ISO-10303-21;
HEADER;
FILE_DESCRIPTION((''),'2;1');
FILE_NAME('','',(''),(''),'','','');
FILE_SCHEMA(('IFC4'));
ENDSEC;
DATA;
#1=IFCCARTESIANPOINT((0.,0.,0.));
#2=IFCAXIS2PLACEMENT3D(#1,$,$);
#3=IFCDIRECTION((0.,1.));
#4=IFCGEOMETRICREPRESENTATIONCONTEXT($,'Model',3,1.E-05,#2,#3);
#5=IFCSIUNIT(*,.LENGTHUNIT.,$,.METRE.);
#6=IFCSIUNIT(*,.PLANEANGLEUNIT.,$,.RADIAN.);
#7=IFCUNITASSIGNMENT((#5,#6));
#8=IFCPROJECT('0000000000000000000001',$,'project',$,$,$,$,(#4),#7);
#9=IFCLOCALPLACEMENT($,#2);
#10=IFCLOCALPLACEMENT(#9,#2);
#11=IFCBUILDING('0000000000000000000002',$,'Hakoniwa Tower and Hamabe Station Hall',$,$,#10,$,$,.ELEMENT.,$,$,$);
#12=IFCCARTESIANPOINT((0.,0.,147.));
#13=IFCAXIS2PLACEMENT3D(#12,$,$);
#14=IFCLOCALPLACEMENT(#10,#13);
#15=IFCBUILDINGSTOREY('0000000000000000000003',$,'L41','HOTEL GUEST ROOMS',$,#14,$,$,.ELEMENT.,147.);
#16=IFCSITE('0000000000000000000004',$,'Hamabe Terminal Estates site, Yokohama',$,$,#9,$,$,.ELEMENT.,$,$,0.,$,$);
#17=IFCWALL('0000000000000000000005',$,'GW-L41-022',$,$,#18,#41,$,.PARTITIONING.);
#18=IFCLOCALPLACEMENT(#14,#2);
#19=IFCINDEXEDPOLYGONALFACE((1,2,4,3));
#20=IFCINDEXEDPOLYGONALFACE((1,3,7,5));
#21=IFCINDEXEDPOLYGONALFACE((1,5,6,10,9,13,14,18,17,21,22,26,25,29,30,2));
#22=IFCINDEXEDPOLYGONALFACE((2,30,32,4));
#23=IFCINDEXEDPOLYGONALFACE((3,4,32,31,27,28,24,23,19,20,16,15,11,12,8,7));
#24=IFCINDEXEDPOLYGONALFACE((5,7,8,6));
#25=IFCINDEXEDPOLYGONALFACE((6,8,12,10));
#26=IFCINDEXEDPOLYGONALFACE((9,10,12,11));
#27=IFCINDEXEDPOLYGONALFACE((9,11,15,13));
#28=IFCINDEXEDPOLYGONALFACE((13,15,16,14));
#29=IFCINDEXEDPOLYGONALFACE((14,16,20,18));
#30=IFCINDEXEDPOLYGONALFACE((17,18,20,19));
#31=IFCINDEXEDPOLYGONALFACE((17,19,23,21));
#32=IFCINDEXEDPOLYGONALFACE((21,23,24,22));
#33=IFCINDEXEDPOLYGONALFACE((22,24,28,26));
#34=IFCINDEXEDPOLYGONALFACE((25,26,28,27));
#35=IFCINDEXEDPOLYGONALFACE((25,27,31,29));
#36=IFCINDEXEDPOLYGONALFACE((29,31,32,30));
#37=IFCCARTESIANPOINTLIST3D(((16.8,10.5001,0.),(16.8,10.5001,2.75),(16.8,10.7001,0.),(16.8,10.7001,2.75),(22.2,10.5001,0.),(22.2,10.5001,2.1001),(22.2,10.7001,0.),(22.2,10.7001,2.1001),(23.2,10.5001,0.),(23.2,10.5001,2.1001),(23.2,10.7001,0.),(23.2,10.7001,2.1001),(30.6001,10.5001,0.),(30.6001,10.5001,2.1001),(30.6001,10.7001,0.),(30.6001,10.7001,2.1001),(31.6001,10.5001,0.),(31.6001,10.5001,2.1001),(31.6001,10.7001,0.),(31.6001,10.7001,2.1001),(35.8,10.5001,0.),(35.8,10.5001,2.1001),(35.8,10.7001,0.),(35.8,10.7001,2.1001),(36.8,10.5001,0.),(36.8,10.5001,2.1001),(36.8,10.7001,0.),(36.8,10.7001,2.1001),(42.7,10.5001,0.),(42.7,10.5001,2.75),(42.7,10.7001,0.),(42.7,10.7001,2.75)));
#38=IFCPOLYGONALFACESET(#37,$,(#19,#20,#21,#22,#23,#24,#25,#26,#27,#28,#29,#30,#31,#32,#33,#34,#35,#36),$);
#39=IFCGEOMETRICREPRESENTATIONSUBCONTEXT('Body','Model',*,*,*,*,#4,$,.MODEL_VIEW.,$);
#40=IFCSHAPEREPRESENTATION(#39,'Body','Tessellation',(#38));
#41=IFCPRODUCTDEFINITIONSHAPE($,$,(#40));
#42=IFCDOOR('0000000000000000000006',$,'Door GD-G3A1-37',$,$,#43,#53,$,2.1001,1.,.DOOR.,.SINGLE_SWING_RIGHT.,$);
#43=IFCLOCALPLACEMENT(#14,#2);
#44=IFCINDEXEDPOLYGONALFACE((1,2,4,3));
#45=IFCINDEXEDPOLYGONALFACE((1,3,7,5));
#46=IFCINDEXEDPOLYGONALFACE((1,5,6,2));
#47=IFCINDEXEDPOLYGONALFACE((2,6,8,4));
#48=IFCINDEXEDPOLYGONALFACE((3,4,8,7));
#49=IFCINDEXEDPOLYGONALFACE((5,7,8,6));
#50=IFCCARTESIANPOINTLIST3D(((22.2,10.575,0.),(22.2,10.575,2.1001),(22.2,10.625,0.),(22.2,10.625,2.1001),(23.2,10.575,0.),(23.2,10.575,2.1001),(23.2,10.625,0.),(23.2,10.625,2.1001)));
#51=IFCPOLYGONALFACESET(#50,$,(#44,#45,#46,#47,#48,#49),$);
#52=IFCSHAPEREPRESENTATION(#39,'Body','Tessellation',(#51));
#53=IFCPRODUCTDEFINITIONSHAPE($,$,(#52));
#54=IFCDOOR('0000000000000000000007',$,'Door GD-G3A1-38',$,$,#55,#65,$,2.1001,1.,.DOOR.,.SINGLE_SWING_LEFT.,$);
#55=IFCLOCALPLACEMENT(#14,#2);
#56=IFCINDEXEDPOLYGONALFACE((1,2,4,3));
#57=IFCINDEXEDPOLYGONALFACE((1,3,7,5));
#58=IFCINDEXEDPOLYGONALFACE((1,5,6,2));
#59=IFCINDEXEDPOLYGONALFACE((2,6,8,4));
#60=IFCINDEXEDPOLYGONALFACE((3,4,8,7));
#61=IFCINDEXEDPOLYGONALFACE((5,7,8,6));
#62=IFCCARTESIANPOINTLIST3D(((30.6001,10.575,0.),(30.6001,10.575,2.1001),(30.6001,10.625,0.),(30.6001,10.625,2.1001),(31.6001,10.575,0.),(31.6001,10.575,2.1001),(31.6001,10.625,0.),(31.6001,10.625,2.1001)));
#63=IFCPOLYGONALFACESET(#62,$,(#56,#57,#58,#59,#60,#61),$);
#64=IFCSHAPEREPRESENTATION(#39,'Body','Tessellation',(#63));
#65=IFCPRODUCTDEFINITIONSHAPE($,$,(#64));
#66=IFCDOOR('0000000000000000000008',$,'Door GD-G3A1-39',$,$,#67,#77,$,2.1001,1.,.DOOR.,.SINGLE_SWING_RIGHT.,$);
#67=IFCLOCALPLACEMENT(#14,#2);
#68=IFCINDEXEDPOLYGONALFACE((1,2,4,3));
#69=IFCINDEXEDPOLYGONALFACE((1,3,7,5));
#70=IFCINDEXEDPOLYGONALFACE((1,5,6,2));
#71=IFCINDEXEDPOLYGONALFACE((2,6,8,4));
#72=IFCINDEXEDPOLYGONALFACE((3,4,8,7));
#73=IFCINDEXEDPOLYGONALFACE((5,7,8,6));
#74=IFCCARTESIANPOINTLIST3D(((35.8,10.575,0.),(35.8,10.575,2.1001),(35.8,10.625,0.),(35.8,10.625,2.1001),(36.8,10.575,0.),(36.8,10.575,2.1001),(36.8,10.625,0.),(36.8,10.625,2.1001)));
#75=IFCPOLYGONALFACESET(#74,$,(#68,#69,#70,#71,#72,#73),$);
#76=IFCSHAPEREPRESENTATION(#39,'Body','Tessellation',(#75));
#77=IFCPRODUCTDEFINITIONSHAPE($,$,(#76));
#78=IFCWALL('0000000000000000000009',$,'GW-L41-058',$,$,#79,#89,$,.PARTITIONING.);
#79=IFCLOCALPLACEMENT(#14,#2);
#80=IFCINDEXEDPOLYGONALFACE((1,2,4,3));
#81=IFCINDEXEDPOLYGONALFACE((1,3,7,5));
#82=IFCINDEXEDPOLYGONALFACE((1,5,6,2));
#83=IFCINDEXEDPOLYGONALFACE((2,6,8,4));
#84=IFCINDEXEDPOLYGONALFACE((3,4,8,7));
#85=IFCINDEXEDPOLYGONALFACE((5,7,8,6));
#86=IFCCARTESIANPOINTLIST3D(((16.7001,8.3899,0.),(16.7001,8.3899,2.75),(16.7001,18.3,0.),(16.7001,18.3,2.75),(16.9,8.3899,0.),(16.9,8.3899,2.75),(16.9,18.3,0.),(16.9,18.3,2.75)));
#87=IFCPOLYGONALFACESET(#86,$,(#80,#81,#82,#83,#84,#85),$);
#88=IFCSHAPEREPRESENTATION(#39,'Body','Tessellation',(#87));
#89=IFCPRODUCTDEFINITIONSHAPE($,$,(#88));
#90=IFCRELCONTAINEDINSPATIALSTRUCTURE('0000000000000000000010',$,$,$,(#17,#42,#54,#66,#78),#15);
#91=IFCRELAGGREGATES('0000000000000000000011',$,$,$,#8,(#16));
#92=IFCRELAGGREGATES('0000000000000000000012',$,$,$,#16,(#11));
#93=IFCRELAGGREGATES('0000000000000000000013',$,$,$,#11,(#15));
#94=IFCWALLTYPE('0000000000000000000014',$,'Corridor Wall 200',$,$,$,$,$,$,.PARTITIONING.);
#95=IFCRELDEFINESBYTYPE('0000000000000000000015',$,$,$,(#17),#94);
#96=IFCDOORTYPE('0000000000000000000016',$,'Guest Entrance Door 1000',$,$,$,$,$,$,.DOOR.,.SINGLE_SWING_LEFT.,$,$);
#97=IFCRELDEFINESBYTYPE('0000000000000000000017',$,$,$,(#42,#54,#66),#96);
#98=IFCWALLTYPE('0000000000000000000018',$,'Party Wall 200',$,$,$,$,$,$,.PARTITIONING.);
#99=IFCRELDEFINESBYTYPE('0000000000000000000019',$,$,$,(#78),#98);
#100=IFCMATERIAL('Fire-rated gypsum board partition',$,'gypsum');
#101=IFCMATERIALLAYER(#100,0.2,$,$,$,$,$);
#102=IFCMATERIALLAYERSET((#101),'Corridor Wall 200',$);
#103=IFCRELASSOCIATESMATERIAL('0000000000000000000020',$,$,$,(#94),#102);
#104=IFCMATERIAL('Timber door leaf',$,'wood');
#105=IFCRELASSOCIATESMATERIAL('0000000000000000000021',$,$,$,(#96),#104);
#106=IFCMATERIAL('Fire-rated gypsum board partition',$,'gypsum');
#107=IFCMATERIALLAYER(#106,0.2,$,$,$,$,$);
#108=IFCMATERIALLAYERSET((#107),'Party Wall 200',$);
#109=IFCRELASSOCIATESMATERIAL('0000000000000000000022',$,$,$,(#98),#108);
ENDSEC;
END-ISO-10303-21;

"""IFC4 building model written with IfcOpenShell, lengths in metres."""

from ifc_helpers import new_model, si_unit, direction, frame, frame_2d, origin, place, context, subcontext, project, spatial, rectangle, extrude, material, layer, layer_set, type_object, element, fill, save


model = new_model("IFC4")

# Units and contexts
model_context = context("Model", 3, precision=1e-05, world=origin(), true_north=direction((0.0, 1.0)))
body_context = subcontext(model_context, "Body", "Model", "MODEL_VIEW")
ifc_project = project(units=[si_unit("LENGTHUNIT", "METRE"), si_unit("PLANEANGLEUNIT", "RADIAN")], contexts=[model_context])

# Site, building, storey
site_placement = place(None, origin())
site = spatial("IfcSite", under=ifc_project, at=site_placement, Name="Hamabe Terminal Estates site, Yokohama", CompositionType="ELEMENT", RefElevation=0.0)
building_placement = place(site_placement, origin())
building = spatial("IfcBuilding", under=site, at=building_placement, Name="Hakoniwa Tower and Hamabe Station Hall", CompositionType="ELEMENT")
storey_placement = place(building_placement, frame((0.0, 0.0, 147.0)))
storey = spatial("IfcBuildingStorey", under=building, at=storey_placement, Name="L41", Description="HOTEL GUEST ROOMS", CompositionType="ELEMENT", Elevation=147.0)

# Wall, openings, doors
ifc_material_1 = material(Name="Fire-rated gypsum board partition", Category="gypsum")
ifc_layer_1 = layer(ifc_material_1, 0.2)
ifc_layer_set_1 = layer_set([ifc_layer_1], Name="Corridor Wall 200")
wall_type_1 = type_object("IfcWallType", Name="Corridor Wall 200", PredefinedType="PARTITIONING", material=ifc_layer_set_1)
wall_1_placement = place(storey_placement, frame((16.8, 10.6001, 0.0), z_axis=(0.0, 0.0, 1.0), x_axis=(1.0, 0.0, 0.0)))
wall_1 = element("IfcWall", 1, at=wall_1_placement, inside=storey, type_object=wall_type_1, Name="GW-L41-022", PredefinedType="PARTITIONING", context=body_context, shape_type="SweptSolid", body=[
    extrude(rectangle(XDim=25.8999, YDim=0.2, at=frame_2d((12.95, 0.0))), origin(), (0.0, 0.0, 1.0), 2.75),
])
opening_1_placement = place(wall_1_placement, frame((5.3999, 0.0, 0.0)))
opening_1 = element("IfcOpeningElement", 2, at=opening_1_placement, cuts=wall_1, PredefinedType="OPENING", context=body_context, shape_type="SweptSolid", body=[
    extrude(rectangle(XDim=1.0, YDim=2.1001, at=frame_2d((0.5, 1.05))), frame((0.0, 0.1099, 0.0), z_axis=(0.0, -1.0, 0.0), x_axis=(1.0, 0.0, 0.0)), (0.0, 0.0, 1.0), 0.22),
])
opening_2_placement = place(wall_1_placement, frame((13.8, 0.0, 0.0)))
opening_2 = element("IfcOpeningElement", 3, at=opening_2_placement, cuts=wall_1, PredefinedType="OPENING", context=body_context, shape_type="SweptSolid", body=[
    extrude(rectangle(XDim=1.0, YDim=2.1001, at=frame_2d((0.5, 1.05))), frame((0.0, 0.1099, 0.0), z_axis=(0.0, -1.0, 0.0), x_axis=(1.0, 0.0, 0.0)), (0.0, 0.0, 1.0), 0.22),
])
opening_3_placement = place(wall_1_placement, frame((19.0, 0.0, 0.0)))
opening_3 = element("IfcOpeningElement", 4, at=opening_3_placement, cuts=wall_1, PredefinedType="OPENING", context=body_context, shape_type="SweptSolid", body=[
    extrude(rectangle(XDim=1.0, YDim=2.1001, at=frame_2d((0.5, 1.05))), frame((0.0, 0.1099, 0.0), z_axis=(0.0, -1.0, 0.0), x_axis=(1.0, 0.0, 0.0)), (0.0, 0.0, 1.0), 0.22),
])
ifc_material_2 = material(Name="Timber door leaf", Category="wood")
door_type_1 = type_object("IfcDoorType", Name="Guest Entrance Door 1000", OperationType="SINGLE_SWING_LEFT", PredefinedType="DOOR", material=ifc_material_2)
door_1_placement = place(opening_1_placement, origin())
door_1 = element("IfcDoor", 5, at=door_1_placement, inside=storey, type_object=door_type_1, Name="Door GD-G3A1-37", OperationType="SINGLE_SWING_RIGHT", OverallHeight=2.1001, OverallWidth=1.0, PredefinedType="DOOR", context=body_context, shape_type="SweptSolid", body=[
    extrude(rectangle(XDim=1.0, YDim=2.1001, at=frame_2d((0.5, 1.05))), frame((0.0, 0.0249, 0.0), z_axis=(0.0, -1.0, 0.0), x_axis=(1.0, 0.0, 0.0)), (0.0, 0.0, 1.0), 0.05),
])
fill(opening_1, door_1)
door_2_placement = place(opening_2_placement, origin())
door_2 = element("IfcDoor", 6, at=door_2_placement, inside=storey, type_object=door_type_1, Name="Door GD-G3A1-38", OperationType="SINGLE_SWING_LEFT", OverallHeight=2.1001, OverallWidth=1.0, PredefinedType="DOOR", context=body_context, shape_type="SweptSolid", body=[
    extrude(rectangle(XDim=1.0, YDim=2.1001, at=frame_2d((0.5, 1.05))), frame((0.0, 0.0249, 0.0), z_axis=(0.0, -1.0, 0.0), x_axis=(1.0, 0.0, 0.0)), (0.0, 0.0, 1.0), 0.05),
])
fill(opening_2, door_2)
door_3_placement = place(opening_3_placement, origin())
door_3 = element("IfcDoor", 7, at=door_3_placement, inside=storey, type_object=door_type_1, Name="Door GD-G3A1-39", OperationType="SINGLE_SWING_RIGHT", OverallHeight=2.1001, OverallWidth=1.0, PredefinedType="DOOR", context=body_context, shape_type="SweptSolid", body=[
    extrude(rectangle(XDim=1.0, YDim=2.1001, at=frame_2d((0.5, 1.05))), frame((0.0, 0.0249, 0.0), z_axis=(0.0, -1.0, 0.0), x_axis=(1.0, 0.0, 0.0)), (0.0, 0.0, 1.0), 0.05),
])
fill(opening_3, door_3)

# Wall
ifc_material_3 = material(Name="Fire-rated gypsum board partition", Category="gypsum")
ifc_layer_2 = layer(ifc_material_3, 0.2)
ifc_layer_set_2 = layer_set([ifc_layer_2], Name="Party Wall 200")
wall_type_2 = type_object("IfcWallType", Name="Party Wall 200", PredefinedType="PARTITIONING", material=ifc_layer_set_2)
wall_2_placement = place(storey_placement, frame((16.8, 8.3899, 0.0), z_axis=(0.0, 0.0, 1.0), x_axis=(0.0, 1.0, 0.0)))
element("IfcWall", 8, at=wall_2_placement, inside=storey, type_object=wall_type_2, Name="GW-L41-058", PredefinedType="PARTITIONING", context=body_context, shape_type="SweptSolid", body=[
    extrude(rectangle(XDim=9.9102, YDim=0.2, at=frame_2d((4.9551, 0.0))), origin(), (0.0, 0.0, 1.0), 2.75),
])

save(model, "model.ifc")
